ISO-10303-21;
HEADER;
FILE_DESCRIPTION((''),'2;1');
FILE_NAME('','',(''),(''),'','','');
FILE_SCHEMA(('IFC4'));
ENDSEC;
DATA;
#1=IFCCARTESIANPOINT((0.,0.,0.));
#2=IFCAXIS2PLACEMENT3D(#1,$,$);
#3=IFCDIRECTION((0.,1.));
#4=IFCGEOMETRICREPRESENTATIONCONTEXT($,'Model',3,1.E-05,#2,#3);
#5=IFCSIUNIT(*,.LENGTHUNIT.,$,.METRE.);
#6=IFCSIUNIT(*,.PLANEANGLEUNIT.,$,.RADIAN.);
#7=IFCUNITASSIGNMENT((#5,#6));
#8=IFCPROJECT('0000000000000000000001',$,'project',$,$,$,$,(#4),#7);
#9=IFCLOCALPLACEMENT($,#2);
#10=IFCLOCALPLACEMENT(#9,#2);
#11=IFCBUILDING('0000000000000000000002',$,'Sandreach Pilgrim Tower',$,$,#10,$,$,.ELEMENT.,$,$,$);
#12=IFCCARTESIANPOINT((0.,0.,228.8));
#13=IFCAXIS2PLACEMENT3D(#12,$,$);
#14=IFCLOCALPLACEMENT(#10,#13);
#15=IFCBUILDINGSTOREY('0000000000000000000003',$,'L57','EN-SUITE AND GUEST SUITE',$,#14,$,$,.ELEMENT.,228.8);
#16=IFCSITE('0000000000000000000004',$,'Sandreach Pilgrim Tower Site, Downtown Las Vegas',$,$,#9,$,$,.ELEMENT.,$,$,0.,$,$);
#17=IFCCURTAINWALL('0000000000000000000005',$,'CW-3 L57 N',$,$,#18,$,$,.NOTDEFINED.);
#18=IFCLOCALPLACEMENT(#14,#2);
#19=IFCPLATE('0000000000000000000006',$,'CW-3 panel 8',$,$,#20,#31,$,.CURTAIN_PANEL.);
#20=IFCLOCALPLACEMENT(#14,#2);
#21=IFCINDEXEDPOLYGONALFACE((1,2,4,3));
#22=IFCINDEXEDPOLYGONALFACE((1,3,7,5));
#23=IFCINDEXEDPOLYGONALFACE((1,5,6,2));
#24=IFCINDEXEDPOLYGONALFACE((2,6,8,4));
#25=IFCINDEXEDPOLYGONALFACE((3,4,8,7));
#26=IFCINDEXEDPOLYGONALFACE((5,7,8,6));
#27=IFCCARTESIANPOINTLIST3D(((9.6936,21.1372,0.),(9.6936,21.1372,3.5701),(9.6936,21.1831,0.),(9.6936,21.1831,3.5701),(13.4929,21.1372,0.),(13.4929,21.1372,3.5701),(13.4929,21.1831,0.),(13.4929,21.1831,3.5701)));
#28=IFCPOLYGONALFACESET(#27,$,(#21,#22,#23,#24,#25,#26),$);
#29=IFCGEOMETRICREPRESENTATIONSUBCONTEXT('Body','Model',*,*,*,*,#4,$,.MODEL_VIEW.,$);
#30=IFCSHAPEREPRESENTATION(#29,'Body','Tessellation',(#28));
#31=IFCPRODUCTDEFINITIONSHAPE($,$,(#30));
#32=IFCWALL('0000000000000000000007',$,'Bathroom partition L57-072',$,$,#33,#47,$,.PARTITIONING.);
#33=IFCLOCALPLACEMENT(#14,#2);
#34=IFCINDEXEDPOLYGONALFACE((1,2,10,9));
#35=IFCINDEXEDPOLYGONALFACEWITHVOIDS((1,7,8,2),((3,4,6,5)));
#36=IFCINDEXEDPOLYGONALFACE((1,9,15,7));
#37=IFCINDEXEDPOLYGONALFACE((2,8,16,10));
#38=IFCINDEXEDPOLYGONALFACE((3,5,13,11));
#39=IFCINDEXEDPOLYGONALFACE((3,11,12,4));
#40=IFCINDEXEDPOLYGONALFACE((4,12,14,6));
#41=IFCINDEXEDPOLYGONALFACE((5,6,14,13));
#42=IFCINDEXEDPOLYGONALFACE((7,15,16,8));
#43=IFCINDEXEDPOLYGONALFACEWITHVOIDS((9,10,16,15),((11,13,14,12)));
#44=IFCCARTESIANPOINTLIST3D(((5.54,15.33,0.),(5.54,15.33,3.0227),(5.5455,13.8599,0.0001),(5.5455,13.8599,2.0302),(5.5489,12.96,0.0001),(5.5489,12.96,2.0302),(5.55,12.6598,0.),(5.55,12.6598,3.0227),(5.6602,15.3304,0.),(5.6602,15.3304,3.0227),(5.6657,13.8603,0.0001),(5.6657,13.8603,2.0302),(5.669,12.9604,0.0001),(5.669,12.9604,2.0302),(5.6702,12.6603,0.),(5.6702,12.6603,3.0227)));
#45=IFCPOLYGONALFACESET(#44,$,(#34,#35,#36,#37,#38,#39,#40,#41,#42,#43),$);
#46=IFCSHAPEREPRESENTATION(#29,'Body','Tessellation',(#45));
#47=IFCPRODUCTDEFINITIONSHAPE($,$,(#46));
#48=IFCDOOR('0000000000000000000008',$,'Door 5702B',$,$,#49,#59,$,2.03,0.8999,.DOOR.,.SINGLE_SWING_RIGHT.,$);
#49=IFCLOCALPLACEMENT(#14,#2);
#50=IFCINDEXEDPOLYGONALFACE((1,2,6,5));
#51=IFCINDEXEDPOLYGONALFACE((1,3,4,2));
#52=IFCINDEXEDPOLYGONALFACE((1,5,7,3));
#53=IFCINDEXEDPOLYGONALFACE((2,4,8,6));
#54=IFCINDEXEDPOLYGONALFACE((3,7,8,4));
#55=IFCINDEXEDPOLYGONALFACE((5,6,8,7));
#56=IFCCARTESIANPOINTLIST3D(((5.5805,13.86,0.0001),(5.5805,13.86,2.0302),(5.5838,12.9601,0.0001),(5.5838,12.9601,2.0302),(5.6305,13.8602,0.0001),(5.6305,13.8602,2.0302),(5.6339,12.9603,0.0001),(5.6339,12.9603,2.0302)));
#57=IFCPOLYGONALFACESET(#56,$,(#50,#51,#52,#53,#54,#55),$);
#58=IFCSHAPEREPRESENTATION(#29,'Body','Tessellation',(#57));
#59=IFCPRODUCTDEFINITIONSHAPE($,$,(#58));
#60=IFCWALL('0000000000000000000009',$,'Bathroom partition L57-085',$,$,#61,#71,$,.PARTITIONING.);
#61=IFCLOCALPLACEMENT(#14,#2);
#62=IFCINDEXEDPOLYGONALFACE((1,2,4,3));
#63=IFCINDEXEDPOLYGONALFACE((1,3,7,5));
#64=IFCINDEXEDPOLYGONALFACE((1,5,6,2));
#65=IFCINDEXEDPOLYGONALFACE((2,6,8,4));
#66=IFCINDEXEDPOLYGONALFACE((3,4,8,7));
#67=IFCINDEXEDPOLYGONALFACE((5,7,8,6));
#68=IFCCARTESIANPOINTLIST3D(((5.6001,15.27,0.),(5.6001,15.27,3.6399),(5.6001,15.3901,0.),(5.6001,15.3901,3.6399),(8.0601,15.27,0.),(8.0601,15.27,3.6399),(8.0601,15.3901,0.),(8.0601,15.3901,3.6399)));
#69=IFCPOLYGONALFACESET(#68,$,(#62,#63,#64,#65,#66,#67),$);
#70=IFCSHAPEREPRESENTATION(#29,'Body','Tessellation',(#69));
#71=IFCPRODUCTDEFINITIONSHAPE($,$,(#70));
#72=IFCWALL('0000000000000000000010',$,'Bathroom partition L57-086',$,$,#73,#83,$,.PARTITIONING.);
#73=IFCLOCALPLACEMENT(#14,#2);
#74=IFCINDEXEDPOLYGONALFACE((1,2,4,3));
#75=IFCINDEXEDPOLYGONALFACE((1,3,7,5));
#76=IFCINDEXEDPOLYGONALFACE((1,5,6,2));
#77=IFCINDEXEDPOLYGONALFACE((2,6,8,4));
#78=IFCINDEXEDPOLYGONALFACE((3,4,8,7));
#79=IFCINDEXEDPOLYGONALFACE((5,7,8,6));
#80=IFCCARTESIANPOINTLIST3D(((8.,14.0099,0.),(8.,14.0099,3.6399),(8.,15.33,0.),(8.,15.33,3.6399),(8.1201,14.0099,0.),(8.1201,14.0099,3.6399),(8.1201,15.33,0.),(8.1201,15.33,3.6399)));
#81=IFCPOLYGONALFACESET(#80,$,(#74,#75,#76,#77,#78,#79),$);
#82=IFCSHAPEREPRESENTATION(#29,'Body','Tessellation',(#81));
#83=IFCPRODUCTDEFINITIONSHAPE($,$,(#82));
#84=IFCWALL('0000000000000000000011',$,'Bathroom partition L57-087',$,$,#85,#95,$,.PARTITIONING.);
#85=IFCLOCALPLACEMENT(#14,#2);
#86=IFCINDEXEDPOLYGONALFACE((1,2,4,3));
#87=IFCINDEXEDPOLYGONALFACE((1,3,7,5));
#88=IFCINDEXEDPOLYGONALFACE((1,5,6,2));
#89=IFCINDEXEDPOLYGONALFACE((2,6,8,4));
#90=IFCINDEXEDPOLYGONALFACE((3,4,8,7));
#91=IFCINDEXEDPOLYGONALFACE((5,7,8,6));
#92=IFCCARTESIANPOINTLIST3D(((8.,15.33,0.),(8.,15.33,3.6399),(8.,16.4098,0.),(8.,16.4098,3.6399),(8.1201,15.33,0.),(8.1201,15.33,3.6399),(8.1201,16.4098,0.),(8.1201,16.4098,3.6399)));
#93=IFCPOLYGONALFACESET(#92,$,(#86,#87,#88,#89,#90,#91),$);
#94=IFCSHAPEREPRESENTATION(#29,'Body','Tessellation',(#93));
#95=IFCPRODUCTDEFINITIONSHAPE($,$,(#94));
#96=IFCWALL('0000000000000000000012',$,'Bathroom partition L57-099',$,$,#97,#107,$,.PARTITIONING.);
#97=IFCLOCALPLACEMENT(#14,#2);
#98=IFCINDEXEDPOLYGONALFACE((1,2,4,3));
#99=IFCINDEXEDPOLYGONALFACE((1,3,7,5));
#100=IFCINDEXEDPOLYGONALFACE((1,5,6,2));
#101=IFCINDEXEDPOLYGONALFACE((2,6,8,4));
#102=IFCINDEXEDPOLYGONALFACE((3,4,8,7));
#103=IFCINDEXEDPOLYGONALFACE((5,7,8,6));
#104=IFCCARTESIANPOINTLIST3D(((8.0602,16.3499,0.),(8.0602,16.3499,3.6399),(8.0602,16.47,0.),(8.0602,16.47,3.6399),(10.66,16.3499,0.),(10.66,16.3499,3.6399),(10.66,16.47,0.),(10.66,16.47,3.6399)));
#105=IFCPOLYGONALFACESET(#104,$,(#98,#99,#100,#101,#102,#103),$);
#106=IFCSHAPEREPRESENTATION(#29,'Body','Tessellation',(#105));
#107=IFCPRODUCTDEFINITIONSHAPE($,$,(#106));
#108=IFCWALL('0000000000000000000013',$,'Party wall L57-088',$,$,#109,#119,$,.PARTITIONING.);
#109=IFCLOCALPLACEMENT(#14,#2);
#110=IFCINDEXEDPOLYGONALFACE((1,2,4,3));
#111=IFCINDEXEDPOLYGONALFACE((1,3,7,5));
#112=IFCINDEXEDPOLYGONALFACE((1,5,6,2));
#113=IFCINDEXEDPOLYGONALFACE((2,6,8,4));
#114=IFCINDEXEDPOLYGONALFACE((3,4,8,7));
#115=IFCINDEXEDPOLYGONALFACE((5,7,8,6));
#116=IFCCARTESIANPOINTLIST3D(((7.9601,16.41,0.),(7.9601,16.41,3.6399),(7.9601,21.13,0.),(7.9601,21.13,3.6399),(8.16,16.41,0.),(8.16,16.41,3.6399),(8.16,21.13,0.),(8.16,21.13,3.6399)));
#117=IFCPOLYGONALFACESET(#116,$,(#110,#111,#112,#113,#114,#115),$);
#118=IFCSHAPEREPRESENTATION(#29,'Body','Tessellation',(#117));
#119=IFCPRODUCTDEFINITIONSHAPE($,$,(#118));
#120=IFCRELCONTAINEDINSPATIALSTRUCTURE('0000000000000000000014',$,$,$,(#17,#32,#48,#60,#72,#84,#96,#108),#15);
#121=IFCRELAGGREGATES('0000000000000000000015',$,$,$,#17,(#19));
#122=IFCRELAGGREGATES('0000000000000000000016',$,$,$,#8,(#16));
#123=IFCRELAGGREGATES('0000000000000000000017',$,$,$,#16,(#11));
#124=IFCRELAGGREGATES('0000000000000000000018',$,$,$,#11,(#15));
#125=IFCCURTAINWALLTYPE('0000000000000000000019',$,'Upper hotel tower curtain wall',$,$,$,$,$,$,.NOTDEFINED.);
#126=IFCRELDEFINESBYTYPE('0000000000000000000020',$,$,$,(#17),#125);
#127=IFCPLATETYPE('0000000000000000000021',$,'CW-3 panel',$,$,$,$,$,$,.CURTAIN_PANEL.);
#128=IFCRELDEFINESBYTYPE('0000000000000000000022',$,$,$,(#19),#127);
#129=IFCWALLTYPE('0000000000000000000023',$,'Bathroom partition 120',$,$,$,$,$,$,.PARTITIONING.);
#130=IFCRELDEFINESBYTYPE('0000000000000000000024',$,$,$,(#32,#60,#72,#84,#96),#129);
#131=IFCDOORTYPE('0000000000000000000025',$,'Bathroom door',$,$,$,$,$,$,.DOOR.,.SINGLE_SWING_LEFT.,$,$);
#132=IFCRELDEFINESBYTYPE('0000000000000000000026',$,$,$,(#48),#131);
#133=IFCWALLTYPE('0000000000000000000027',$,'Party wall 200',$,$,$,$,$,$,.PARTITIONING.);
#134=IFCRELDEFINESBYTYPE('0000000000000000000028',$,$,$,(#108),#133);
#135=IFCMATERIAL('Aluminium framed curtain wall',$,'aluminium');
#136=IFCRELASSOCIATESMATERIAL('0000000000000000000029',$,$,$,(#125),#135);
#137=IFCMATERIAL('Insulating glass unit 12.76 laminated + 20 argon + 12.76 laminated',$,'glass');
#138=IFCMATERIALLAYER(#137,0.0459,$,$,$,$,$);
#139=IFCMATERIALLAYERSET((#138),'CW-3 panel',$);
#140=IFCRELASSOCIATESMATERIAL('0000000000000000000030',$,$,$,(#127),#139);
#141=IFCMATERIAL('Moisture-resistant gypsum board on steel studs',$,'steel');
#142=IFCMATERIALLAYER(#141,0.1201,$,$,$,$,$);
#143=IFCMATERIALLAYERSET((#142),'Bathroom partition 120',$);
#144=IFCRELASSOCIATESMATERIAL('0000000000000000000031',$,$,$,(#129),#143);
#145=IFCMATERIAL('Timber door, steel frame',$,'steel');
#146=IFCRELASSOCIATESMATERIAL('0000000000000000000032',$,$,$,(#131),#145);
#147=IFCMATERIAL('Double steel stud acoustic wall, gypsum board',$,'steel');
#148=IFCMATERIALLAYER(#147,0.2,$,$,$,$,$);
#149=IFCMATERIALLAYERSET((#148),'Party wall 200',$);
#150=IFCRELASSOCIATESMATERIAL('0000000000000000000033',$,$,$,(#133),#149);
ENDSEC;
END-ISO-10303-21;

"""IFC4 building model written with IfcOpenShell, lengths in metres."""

from ifc_helpers import new_model, si_unit, direction, frame, frame_2d, origin, origin_2d, place, context, subcontext, project, spatial, rectangle, extrude, material, layer, layer_set, type_object, element, fill, aggregate, save


model = new_model("IFC4")

# Units and contexts
model_context = context("Model", 3, precision=1e-05, world=origin(), true_north=direction((0.0, 1.0)))
body_context = subcontext(model_context, "Body", "Model", "MODEL_VIEW")
ifc_project = project(units=[si_unit("LENGTHUNIT", "METRE"), si_unit("PLANEANGLEUNIT", "RADIAN")], contexts=[model_context])

# Site, building, storey
site_placement = place(None, origin())
site = spatial("IfcSite", under=ifc_project, at=site_placement, Name="Sandreach Pilgrim Tower Site, Downtown Las Vegas", CompositionType="ELEMENT", RefElevation=0.0)
building_placement = place(site_placement, origin())
building = spatial("IfcBuilding", under=site, at=building_placement, Name="Sandreach Pilgrim Tower", CompositionType="ELEMENT")
storey_placement = place(building_placement, frame((0.0, 0.0, 228.8)))
storey = spatial("IfcBuildingStorey", under=building, at=storey_placement, Name="L57", Description="EN-SUITE AND GUEST SUITE", CompositionType="ELEMENT", Elevation=228.8)

# Curtain wall
ifc_material_1 = material(Name="Aluminium framed curtain wall", Category="aluminium")
curtain_wall_type = type_object("IfcCurtainWallType", Name="Upper hotel tower curtain wall", PredefinedType="NOTDEFINED", material=ifc_material_1)
curtain_wall_placement = place(storey_placement, origin())
curtain_wall = element("IfcCurtainWall", 1, at=curtain_wall_placement, inside=storey, type_object=curtain_wall_type, Name="CW-3 L57 N", PredefinedType="NOTDEFINED")

# Plate
ifc_material_2 = material(Name="Insulating glass unit 12.76 laminated + 20 argon + 12.76 laminated", Category="glass")
ifc_layer_1 = layer(ifc_material_2, 0.0459)
ifc_layer_set_1 = layer_set([ifc_layer_1], Name="CW-3 panel")
plate_type = type_object("IfcPlateType", Name="CW-3 panel", PredefinedType="CURTAIN_PANEL", material=ifc_layer_set_1)
plate_1_placement = place(storey_placement, frame((11.5933, 21.1602, 0.0), z_axis=(0.0, 0.0, 1.0), x_axis=(1.0, 0.0, 0.0)))
plate_1 = element("IfcPlate", 2, at=plate_1_placement, type_object=plate_type, Name="CW-3 panel 8", PredefinedType="CURTAIN_PANEL", context=body_context, shape_type="SweptSolid", body=[
    extrude(rectangle(XDim=3.7993, YDim=0.0459, at=origin_2d()), origin(), (0.0, 0.0, 1.0), 3.5701),
])
aggregate(curtain_wall, [plate_1])

# Wall, opening, door
ifc_material_3 = material(Name="Moisture-resistant gypsum board on steel studs", Category="steel")
ifc_layer_2 = layer(ifc_material_3, 0.1201)
ifc_layer_set_2 = layer_set([ifc_layer_2], Name="Bathroom partition 120")
wall_type_1 = type_object("IfcWallType", Name="Bathroom partition 120", PredefinedType="PARTITIONING", material=ifc_layer_set_2)
wall_1_placement = place(storey_placement, frame((5.6001, 15.3301, 0.0), z_axis=(0.0, 0.0, 1.0), x_axis=(0.003749, -0.999993, 0.0)))
wall_1 = element("IfcWall", 3, at=wall_1_placement, inside=storey, type_object=wall_type_1, Name="Bathroom partition L57-072", PredefinedType="PARTITIONING", context=body_context, shape_type="SweptSolid", body=[
    extrude(rectangle(XDim=2.6702, YDim=0.1201, at=frame_2d((1.335, 0.0))), origin(), (0.0, 0.0, 1.0), 3.0227),
])
opening_placement = place(wall_1_placement, frame((1.47, 0.0, 0.0)))
opening = element("IfcOpeningElement", 4, at=opening_placement, cuts=wall_1, PredefinedType="OPENING", context=body_context, shape_type="SweptSolid", body=[
    extrude(rectangle(XDim=0.8999, YDim=2.03, at=frame_2d((0.45, 1.0151))), frame((0.0, 0.0601, 0.0), z_axis=(0.0, -1.0, 0.0), x_axis=(1.0, 0.0, 0.0)), (0.0, 0.0, 1.0), 0.1201),
])
ifc_material_4 = material(Name="Timber door, steel frame", Category="steel")
door_type = type_object("IfcDoorType", Name="Bathroom door", OperationType="SINGLE_SWING_LEFT", PredefinedType="DOOR", material=ifc_material_4)
door_placement = place(opening_placement, origin())
door = element("IfcDoor", 5, at=door_placement, inside=storey, type_object=door_type, Name="Door 5702B", OperationType="SINGLE_SWING_RIGHT", OverallHeight=2.03, OverallWidth=0.8999, PredefinedType="DOOR", context=body_context, shape_type="SweptSolid", body=[
    extrude(rectangle(XDim=0.8999, YDim=2.03, at=frame_2d((0.45, 1.0151))), frame((0.0, 0.0249, 0.0), z_axis=(0.0, -1.0, 0.0), x_axis=(1.0, 0.0, 0.0)), (0.0, 0.0, 1.0), 0.05),
])
fill(opening, door)

# Walls
wall_2_placement = place(storey_placement, frame((8.0601, 15.3301, 0.0), z_axis=(0.0, 0.0, 1.0), x_axis=(-1.0, 0.0, 0.0)))
element("IfcWall", 6, at=wall_2_placement, inside=storey, type_object=wall_type_1, Name="Bathroom partition L57-085", PredefinedType="PARTITIONING", context=body_context, shape_type="SweptSolid", body=[
    extrude(rectangle(XDim=2.46, YDim=0.1201, at=frame_2d((1.23, 0.0))), origin(), (0.0, 0.0, 1.0), 3.6399),
])
wall_3_placement = place(storey_placement, frame((8.0601, 15.3301, 0.0), z_axis=(0.0, 0.0, 1.0), x_axis=(0.0, -1.0, 0.0)))
element("IfcWall", 7, at=wall_3_placement, inside=storey, type_object=wall_type_1, Name="Bathroom partition L57-086", PredefinedType="PARTITIONING", context=body_context, shape_type="SweptSolid", body=[
    extrude(rectangle(XDim=1.3201, YDim=0.1201, at=frame_2d((0.6602, 0.0))), origin(), (0.0, 0.0, 1.0), 3.6399),
])
wall_4_placement = place(storey_placement, frame((8.0601, 16.4099, 0.0), z_axis=(0.0, 0.0, 1.0), x_axis=(0.0, -1.0, 0.0)))
element("IfcWall", 8, at=wall_4_placement, inside=storey, type_object=wall_type_1, Name="Bathroom partition L57-087", PredefinedType="PARTITIONING", context=body_context, shape_type="SweptSolid", body=[
    extrude(rectangle(XDim=1.0798, YDim=0.1201, at=frame_2d((0.54, 0.0))), origin(), (0.0, 0.0, 1.0), 3.6399),
])
wall_5_placement = place(storey_placement, frame((10.6599, 16.4099, 0.0), z_axis=(0.0, 0.0, 1.0), x_axis=(-1.0, 0.0, 0.0)))
element("IfcWall", 9, at=wall_5_placement, inside=storey, type_object=wall_type_1, Name="Bathroom partition L57-099", PredefinedType="PARTITIONING", context=body_context, shape_type="SweptSolid", body=[
    extrude(rectangle(XDim=2.5999, YDim=0.1201, at=frame_2d((1.2998, 0.0))), origin(), (0.0, 0.0, 1.0), 3.6399),
])
ifc_material_5 = material(Name="Double steel stud acoustic wall, gypsum board", Category="steel")
ifc_layer_3 = layer(ifc_material_5, 0.2)
ifc_layer_set_3 = layer_set([ifc_layer_3], Name="Party wall 200")
wall_type_2 = type_object("IfcWallType", Name="Party wall 200", PredefinedType="PARTITIONING", material=ifc_layer_set_3)
wall_6_placement = place(storey_placement, frame((8.0601, 21.1299, 0.0), z_axis=(0.0, 0.0, 1.0), x_axis=(0.0, -1.0, 0.0)))
element("IfcWall", 10, at=wall_6_placement, inside=storey, type_object=wall_type_2, Name="Party wall L57-088", PredefinedType="PARTITIONING", context=body_context, shape_type="SweptSolid", body=[
    extrude(rectangle(XDim=4.72, YDim=0.2, at=frame_2d((2.3599, 0.0))), origin(), (0.0, 0.0, 1.0), 3.6399),
])

save(model, "model.ifc")
